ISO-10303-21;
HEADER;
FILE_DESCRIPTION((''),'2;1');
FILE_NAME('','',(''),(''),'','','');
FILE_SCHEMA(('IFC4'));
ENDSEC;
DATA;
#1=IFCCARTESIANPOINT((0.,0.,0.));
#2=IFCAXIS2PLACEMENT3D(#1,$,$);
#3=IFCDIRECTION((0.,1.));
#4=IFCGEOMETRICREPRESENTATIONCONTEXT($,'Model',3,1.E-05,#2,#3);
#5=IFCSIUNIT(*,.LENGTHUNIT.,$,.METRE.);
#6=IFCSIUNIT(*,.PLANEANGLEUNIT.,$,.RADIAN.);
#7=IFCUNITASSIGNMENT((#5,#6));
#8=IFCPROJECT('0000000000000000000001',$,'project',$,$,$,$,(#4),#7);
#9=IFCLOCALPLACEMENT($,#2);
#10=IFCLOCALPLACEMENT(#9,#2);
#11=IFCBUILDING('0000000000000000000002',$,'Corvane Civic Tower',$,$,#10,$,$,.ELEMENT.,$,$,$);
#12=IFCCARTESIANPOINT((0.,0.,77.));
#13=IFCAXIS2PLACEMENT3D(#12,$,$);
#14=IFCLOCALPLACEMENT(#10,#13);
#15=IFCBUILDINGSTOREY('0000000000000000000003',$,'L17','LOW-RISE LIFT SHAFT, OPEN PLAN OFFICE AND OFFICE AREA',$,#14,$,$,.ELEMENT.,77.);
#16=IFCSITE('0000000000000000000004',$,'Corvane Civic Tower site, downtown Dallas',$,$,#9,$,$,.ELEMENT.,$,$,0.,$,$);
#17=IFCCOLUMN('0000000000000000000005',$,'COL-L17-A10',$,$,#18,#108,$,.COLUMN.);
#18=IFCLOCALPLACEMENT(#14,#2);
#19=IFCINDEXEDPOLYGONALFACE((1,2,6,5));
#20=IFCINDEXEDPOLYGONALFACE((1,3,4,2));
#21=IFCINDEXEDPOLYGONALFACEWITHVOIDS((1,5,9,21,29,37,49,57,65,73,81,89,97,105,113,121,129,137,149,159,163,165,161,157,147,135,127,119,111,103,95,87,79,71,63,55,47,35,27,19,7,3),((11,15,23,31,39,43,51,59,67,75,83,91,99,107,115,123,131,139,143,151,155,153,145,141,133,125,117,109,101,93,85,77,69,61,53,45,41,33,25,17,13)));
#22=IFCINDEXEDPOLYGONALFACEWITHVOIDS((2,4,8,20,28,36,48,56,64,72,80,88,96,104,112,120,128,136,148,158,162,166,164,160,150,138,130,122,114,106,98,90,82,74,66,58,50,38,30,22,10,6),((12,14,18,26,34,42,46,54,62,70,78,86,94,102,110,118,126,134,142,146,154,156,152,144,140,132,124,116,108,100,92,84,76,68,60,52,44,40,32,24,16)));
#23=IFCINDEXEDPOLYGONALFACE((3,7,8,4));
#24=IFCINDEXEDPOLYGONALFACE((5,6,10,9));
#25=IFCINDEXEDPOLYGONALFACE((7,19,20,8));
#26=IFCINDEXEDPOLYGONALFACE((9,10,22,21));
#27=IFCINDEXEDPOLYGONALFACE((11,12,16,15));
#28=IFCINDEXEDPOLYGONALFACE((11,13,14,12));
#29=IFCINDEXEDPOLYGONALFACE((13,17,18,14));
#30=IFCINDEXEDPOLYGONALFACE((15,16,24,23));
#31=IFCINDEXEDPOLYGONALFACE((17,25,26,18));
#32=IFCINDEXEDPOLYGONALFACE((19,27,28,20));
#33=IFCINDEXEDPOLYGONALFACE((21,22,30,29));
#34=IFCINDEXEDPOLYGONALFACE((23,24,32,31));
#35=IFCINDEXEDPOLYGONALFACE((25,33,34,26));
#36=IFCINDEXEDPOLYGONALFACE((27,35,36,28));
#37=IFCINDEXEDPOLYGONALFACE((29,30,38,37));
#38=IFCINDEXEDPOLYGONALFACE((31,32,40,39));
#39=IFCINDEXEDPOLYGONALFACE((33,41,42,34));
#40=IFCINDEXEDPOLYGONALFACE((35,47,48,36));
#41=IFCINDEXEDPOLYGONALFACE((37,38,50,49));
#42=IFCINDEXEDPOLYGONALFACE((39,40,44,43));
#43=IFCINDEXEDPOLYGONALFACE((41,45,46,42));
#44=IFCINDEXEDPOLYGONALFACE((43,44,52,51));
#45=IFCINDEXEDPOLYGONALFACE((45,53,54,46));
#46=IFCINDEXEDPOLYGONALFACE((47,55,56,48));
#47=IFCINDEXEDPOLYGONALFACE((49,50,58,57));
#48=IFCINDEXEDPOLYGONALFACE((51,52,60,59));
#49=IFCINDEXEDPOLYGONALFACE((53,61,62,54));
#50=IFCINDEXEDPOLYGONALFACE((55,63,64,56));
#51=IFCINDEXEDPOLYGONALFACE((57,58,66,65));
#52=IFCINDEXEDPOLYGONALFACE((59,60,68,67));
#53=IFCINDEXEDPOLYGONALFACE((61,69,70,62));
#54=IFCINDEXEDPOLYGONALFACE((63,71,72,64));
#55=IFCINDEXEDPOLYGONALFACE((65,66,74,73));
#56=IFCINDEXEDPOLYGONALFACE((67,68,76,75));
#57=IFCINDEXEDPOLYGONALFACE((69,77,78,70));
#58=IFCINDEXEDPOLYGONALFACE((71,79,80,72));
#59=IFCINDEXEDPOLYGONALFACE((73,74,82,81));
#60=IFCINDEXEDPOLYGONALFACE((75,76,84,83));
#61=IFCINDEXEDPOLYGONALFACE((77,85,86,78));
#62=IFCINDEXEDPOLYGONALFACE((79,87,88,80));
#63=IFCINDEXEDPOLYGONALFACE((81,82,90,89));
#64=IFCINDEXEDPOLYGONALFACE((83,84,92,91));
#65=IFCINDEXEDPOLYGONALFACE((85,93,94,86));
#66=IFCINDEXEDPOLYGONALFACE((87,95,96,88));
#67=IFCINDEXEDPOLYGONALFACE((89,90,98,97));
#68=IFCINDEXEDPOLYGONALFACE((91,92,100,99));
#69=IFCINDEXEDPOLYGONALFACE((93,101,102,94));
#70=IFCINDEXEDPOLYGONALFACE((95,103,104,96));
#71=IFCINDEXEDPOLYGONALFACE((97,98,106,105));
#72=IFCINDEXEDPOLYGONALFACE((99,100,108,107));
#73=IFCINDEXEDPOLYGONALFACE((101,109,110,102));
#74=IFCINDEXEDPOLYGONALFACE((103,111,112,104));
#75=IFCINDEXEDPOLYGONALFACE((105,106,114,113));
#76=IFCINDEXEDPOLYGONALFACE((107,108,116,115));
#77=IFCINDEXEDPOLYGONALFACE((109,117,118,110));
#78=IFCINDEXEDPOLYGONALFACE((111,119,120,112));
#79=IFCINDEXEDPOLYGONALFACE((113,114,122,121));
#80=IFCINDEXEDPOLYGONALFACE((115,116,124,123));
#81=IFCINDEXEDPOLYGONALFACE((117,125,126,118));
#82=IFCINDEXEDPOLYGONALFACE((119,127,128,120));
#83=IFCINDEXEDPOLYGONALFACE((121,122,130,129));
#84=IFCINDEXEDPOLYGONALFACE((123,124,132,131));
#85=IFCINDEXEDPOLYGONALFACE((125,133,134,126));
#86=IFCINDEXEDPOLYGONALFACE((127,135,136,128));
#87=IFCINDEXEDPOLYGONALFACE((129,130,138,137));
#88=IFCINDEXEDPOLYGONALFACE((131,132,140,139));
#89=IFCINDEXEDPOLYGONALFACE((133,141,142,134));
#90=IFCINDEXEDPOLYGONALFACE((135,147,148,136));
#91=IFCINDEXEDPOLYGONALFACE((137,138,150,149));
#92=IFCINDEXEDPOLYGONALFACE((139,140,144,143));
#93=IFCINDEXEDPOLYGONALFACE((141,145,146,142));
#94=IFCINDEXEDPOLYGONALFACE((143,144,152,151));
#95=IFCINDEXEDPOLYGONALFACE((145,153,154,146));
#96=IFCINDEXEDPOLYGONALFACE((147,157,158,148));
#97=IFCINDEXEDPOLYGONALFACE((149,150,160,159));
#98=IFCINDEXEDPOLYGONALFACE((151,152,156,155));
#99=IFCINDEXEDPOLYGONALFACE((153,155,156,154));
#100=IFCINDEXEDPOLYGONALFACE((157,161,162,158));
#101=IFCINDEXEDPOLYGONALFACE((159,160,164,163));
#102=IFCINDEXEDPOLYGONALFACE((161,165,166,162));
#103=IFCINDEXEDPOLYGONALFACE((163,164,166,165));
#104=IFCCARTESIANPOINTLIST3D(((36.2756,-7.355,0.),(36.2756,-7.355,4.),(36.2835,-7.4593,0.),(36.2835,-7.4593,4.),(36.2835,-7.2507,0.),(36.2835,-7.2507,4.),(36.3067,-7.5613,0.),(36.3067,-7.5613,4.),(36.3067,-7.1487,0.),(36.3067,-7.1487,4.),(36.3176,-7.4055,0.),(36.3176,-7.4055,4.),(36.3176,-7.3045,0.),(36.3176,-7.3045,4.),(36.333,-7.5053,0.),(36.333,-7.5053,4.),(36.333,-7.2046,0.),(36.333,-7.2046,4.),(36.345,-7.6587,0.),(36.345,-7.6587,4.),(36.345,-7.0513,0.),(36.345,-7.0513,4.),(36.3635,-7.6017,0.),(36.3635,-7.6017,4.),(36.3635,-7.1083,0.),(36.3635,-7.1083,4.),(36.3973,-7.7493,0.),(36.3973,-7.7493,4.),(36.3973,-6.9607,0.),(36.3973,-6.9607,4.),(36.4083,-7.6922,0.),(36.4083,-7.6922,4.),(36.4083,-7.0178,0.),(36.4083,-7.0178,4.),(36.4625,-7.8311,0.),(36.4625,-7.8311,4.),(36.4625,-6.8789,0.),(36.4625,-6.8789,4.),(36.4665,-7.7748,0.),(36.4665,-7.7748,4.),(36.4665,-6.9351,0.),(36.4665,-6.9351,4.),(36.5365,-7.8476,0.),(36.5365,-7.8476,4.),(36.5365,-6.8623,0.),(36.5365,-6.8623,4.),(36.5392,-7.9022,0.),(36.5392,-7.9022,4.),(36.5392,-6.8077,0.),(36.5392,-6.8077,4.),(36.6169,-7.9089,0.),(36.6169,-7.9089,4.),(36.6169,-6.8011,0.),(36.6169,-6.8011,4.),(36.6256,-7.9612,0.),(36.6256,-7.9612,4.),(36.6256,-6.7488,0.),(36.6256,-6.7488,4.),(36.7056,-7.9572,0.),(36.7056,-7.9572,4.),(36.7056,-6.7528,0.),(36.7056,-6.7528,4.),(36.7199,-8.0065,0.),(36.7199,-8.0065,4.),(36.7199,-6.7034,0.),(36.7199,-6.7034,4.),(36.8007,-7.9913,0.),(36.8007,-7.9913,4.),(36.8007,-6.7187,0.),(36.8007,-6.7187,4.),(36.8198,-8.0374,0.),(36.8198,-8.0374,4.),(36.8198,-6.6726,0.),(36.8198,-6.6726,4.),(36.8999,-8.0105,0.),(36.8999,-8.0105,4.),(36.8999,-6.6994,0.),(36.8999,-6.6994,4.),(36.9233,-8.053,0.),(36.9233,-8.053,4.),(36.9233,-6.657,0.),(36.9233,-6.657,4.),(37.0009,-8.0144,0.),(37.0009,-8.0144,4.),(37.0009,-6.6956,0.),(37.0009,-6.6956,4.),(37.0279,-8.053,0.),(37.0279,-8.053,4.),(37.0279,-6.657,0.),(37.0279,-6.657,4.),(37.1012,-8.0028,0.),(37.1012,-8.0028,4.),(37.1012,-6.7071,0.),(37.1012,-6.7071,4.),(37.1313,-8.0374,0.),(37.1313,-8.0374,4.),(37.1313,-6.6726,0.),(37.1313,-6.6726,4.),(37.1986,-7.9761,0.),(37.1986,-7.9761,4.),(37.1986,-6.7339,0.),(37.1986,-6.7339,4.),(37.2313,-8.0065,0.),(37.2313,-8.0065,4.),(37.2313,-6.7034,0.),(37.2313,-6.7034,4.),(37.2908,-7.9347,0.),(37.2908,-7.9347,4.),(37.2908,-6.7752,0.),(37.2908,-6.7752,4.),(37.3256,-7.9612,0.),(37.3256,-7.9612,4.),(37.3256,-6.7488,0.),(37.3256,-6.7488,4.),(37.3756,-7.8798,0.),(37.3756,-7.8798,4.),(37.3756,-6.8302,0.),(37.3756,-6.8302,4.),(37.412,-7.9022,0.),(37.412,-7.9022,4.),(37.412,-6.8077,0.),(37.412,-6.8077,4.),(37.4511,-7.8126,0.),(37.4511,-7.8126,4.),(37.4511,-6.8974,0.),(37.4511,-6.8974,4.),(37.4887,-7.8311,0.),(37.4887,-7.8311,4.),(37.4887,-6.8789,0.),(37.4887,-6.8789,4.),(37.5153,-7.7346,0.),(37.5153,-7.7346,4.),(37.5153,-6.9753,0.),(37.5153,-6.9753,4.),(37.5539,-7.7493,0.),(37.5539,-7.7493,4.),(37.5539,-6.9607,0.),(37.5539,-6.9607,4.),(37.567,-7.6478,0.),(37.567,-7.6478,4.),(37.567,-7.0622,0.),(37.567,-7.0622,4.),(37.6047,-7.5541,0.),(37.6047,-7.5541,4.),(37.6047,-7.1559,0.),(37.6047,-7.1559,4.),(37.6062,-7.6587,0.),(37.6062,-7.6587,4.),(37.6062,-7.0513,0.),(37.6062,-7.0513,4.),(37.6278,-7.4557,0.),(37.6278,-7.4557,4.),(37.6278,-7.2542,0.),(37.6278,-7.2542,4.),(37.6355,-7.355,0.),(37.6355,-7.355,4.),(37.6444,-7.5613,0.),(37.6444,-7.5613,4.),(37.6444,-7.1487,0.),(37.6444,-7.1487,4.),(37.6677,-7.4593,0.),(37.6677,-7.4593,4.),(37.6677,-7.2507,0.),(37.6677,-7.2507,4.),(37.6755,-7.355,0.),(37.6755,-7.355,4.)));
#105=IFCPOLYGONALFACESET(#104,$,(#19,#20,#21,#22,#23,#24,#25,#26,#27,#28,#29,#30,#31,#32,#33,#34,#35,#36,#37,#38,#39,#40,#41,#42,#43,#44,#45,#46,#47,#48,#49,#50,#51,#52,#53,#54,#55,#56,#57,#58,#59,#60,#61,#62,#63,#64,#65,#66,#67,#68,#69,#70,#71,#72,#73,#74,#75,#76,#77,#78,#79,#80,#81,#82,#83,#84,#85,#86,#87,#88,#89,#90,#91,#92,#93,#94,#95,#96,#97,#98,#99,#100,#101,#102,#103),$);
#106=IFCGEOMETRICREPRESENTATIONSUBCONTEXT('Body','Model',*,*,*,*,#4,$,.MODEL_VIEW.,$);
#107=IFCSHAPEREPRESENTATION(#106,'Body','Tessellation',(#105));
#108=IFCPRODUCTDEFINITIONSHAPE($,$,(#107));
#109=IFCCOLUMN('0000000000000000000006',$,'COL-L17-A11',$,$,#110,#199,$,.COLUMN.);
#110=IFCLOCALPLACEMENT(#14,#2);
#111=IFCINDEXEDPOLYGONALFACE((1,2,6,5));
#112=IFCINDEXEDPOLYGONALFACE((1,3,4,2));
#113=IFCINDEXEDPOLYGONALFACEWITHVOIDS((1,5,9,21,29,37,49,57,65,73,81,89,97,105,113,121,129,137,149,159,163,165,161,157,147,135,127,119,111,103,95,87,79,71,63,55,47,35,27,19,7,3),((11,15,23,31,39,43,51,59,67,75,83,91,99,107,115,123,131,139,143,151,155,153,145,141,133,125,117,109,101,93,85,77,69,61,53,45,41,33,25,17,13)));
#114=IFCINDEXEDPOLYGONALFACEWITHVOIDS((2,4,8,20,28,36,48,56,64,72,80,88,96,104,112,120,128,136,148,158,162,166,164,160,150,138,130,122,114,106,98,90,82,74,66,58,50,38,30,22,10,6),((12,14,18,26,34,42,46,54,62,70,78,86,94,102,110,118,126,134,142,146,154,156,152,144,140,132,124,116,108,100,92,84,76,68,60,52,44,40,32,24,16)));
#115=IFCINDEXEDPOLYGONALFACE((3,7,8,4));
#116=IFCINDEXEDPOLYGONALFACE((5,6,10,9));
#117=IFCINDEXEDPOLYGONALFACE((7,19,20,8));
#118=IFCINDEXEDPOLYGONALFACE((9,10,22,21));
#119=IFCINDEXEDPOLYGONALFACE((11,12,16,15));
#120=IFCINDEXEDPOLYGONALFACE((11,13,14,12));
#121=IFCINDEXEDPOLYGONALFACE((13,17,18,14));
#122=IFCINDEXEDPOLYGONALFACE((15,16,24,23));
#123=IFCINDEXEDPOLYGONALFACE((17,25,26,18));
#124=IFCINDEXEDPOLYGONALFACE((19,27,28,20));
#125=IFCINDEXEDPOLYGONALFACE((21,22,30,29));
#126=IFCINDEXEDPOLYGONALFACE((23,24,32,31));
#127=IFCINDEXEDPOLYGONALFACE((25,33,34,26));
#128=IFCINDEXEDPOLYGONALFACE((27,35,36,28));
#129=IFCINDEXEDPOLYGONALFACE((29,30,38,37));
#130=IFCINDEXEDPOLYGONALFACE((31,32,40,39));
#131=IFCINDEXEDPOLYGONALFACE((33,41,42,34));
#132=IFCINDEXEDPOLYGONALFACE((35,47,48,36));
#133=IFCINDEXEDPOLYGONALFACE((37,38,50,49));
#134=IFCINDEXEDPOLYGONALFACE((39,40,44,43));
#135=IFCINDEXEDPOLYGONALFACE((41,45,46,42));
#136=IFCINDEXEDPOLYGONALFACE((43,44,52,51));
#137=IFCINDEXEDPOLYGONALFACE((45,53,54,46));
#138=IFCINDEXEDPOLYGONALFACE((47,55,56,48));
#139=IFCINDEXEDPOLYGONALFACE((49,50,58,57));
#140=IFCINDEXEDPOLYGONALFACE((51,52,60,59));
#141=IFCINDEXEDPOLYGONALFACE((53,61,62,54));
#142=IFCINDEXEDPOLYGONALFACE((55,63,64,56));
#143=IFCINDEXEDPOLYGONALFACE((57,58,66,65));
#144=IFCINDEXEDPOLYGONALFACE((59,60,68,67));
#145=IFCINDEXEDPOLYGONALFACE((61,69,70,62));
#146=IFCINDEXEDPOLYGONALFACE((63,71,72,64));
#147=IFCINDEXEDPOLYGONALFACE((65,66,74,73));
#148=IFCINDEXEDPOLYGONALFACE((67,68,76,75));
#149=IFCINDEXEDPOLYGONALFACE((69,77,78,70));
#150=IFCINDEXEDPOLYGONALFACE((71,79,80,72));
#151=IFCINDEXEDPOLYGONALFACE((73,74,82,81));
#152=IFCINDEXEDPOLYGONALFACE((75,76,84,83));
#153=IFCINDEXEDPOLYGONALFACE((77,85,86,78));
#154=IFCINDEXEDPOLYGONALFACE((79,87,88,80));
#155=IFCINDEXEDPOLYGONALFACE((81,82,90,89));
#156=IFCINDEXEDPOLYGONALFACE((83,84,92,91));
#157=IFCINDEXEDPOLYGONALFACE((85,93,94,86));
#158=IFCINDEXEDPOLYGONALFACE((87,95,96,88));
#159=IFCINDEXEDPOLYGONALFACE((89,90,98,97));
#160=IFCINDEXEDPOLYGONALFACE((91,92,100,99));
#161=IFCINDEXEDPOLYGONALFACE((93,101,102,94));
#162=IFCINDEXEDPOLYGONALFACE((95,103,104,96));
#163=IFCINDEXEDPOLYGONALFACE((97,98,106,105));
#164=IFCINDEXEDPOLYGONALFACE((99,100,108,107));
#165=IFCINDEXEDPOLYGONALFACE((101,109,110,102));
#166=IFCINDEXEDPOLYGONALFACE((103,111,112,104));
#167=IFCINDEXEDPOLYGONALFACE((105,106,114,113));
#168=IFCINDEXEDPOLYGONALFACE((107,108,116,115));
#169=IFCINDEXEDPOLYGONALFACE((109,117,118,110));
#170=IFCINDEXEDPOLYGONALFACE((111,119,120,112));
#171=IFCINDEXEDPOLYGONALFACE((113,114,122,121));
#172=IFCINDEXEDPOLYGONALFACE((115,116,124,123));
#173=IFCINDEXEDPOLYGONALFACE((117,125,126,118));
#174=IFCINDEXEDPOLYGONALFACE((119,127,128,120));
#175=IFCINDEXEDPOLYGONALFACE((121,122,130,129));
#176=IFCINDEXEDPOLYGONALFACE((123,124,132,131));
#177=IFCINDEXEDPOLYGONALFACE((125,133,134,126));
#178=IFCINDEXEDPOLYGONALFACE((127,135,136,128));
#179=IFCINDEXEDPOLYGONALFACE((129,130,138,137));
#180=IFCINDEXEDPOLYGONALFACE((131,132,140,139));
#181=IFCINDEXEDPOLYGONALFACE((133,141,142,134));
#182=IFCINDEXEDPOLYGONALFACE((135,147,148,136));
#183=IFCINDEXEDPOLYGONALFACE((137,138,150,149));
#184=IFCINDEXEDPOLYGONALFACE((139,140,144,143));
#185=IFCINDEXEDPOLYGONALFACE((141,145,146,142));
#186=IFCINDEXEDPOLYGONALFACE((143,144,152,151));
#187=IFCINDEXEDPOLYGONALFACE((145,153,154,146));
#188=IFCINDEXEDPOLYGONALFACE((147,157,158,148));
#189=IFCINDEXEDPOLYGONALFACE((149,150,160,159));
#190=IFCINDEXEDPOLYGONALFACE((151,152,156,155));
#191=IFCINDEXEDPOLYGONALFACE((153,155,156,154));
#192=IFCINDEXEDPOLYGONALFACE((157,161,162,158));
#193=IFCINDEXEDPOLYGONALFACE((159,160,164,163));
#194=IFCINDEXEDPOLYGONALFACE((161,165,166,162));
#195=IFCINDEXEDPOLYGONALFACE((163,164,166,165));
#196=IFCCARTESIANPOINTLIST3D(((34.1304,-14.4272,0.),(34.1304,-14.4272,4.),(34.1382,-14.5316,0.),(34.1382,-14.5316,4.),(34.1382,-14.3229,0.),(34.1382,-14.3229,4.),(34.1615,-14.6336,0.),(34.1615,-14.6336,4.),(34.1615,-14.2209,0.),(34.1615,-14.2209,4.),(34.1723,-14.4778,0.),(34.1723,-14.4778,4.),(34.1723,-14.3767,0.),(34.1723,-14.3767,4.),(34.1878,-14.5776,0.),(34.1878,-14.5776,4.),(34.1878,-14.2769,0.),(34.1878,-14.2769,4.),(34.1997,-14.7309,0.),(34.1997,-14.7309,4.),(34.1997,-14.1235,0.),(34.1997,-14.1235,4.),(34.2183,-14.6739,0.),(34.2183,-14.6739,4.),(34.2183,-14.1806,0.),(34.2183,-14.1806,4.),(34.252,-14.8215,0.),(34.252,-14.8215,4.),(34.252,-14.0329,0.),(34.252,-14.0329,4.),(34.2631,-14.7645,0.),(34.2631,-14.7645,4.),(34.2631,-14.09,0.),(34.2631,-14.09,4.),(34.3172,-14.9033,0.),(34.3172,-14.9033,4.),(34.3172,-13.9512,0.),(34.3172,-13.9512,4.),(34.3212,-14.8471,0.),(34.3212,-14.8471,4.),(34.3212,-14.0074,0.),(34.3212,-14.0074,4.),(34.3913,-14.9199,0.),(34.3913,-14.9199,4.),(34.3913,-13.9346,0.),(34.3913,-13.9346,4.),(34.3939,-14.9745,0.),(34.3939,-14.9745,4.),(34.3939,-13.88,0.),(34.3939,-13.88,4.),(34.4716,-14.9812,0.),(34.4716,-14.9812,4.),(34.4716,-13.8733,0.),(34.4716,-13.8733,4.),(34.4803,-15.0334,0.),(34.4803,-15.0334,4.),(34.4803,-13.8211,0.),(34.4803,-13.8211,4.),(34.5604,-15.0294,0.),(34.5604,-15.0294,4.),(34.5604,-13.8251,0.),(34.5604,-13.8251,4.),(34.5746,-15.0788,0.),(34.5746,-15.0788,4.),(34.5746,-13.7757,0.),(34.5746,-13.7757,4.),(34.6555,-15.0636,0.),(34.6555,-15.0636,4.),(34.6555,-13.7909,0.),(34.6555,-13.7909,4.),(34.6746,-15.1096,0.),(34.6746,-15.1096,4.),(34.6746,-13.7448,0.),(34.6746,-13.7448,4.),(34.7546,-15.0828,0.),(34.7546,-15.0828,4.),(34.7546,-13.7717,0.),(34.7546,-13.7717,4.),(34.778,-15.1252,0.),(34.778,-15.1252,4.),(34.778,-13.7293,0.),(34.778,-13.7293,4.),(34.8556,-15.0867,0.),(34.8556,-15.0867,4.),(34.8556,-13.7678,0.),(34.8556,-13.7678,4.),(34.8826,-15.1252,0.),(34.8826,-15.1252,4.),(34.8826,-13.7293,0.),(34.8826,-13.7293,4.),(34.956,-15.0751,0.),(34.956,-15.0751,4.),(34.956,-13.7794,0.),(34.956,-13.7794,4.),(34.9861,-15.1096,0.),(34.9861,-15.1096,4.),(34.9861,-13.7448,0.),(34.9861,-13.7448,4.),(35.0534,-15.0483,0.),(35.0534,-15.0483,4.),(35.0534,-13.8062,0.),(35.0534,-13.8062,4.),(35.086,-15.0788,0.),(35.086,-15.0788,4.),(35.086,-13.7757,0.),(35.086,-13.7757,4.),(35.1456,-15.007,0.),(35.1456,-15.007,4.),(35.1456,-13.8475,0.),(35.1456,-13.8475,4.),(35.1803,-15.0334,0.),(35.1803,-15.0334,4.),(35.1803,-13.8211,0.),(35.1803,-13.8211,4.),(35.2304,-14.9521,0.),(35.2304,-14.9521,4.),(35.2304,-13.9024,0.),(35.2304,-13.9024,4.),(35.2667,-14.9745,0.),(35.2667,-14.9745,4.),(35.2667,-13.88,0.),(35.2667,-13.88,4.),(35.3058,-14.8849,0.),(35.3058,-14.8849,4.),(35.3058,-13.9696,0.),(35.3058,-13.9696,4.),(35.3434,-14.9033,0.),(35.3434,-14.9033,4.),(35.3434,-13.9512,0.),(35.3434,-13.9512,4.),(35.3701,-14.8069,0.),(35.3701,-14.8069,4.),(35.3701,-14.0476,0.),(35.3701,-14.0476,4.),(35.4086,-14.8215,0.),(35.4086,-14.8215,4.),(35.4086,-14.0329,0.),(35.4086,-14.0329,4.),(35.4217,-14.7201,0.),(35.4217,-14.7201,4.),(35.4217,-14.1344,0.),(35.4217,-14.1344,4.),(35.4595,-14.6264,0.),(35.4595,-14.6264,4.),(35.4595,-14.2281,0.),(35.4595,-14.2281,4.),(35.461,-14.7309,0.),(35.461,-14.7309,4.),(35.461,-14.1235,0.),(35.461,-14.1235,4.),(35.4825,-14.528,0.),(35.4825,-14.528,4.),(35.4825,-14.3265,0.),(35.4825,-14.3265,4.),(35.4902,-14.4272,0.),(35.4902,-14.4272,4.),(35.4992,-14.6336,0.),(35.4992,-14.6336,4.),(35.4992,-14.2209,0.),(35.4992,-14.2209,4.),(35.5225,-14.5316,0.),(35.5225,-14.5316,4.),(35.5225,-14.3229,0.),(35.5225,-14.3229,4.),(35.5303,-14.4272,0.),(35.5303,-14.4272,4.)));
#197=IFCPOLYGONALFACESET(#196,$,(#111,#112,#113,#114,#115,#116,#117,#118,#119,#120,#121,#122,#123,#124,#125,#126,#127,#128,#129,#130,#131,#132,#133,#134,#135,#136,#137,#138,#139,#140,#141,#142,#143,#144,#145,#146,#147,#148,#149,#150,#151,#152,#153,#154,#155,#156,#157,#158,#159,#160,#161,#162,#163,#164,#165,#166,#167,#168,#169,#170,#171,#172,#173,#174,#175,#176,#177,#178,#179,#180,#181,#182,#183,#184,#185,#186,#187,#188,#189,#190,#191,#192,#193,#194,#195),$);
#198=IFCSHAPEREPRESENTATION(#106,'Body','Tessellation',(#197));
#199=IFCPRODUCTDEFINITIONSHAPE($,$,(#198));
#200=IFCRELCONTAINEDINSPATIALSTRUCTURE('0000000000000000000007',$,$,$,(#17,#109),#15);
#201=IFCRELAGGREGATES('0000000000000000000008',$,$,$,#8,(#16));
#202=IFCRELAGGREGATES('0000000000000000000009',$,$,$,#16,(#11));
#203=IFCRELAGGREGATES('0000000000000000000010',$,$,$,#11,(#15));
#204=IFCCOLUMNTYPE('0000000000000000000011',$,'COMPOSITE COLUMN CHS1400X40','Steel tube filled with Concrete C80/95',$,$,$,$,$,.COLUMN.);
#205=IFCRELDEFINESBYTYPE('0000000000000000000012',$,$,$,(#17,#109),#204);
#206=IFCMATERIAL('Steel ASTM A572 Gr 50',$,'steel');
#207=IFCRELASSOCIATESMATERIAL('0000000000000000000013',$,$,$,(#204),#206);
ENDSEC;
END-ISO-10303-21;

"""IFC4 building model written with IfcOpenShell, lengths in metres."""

from ifc_helpers import new_model, si_unit, direction, frame, origin, origin_2d, place, context, subcontext, project, spatial, hollow_circle, extrude, material, material_profile, profile_set, type_object, element, save


model = new_model("IFC4")

# Units and contexts
model_context = context("Model", 3, precision=1e-05, world=origin(), true_north=direction((0.0, 1.0)))
body_context = subcontext(model_context, "Body", "Model", "MODEL_VIEW")
ifc_project = project(units=[si_unit("LENGTHUNIT", "METRE"), si_unit("PLANEANGLEUNIT", "RADIAN")], contexts=[model_context])

# Site, building, storey
site_placement = place(None, origin())
site = spatial("IfcSite", under=ifc_project, at=site_placement, Name="Corvane Civic Tower site, downtown Dallas", CompositionType="ELEMENT", RefElevation=0.0)
building_placement = place(site_placement, origin())
building = spatial("IfcBuilding", under=site, at=building_placement, Name="Corvane Civic Tower", CompositionType="ELEMENT")
storey_placement = place(building_placement, frame((0.0, 0.0, 77.0)))
storey = spatial("IfcBuildingStorey", under=building, at=storey_placement, Name="L17", Description="LOW-RISE LIFT SHAFT, OPEN PLAN OFFICE AND OFFICE AREA", CompositionType="ELEMENT", Elevation=77.0)

# Columns
ifc_material_1 = material(Name="Steel ASTM A572 Gr 50", Category="steel")
ifc_material_profile_1 = material_profile(ifc_material_1, hollow_circle(Radius=0.7, WallThickness=0.04, at=origin_2d()), Name="CHS1400X40")
ifc_profile_set_1 = profile_set([ifc_material_profile_1], Name="Steel ASTM A572 Gr 50")
column_type = type_object("IfcColumnType", Name="COMPOSITE COLUMN CHS1400X40", Description="Steel tube filled with Concrete C80/95", PredefinedType="COLUMN", material=ifc_profile_set_1)
for number, where, z_axis, x_axis, name in (
    (1, (36.9756, -7.355, 0.0), (0.0, 0.0, 1.0), (1.0, 0.0, 0.0), "COL-L17-A10"),
    (2, (34.8303, -14.4272, 0.0), (0.0, 0.0, 1.0), (1.0, 0.0, 0.0), "COL-L17-A11"),
):
    element("IfcColumn", number, at=place(storey_placement, frame(where, z_axis=z_axis, x_axis=x_axis)), inside=storey, type_object=column_type, Name=name, PredefinedType="COLUMN", context=body_context, shape_type="SweptSolid", body=[
        extrude(hollow_circle(Radius=0.7, WallThickness=0.04, at=origin_2d()), origin(), (0.0, 0.0, 1.0), 4.0),
    ])

save(model, "model.ifc")
